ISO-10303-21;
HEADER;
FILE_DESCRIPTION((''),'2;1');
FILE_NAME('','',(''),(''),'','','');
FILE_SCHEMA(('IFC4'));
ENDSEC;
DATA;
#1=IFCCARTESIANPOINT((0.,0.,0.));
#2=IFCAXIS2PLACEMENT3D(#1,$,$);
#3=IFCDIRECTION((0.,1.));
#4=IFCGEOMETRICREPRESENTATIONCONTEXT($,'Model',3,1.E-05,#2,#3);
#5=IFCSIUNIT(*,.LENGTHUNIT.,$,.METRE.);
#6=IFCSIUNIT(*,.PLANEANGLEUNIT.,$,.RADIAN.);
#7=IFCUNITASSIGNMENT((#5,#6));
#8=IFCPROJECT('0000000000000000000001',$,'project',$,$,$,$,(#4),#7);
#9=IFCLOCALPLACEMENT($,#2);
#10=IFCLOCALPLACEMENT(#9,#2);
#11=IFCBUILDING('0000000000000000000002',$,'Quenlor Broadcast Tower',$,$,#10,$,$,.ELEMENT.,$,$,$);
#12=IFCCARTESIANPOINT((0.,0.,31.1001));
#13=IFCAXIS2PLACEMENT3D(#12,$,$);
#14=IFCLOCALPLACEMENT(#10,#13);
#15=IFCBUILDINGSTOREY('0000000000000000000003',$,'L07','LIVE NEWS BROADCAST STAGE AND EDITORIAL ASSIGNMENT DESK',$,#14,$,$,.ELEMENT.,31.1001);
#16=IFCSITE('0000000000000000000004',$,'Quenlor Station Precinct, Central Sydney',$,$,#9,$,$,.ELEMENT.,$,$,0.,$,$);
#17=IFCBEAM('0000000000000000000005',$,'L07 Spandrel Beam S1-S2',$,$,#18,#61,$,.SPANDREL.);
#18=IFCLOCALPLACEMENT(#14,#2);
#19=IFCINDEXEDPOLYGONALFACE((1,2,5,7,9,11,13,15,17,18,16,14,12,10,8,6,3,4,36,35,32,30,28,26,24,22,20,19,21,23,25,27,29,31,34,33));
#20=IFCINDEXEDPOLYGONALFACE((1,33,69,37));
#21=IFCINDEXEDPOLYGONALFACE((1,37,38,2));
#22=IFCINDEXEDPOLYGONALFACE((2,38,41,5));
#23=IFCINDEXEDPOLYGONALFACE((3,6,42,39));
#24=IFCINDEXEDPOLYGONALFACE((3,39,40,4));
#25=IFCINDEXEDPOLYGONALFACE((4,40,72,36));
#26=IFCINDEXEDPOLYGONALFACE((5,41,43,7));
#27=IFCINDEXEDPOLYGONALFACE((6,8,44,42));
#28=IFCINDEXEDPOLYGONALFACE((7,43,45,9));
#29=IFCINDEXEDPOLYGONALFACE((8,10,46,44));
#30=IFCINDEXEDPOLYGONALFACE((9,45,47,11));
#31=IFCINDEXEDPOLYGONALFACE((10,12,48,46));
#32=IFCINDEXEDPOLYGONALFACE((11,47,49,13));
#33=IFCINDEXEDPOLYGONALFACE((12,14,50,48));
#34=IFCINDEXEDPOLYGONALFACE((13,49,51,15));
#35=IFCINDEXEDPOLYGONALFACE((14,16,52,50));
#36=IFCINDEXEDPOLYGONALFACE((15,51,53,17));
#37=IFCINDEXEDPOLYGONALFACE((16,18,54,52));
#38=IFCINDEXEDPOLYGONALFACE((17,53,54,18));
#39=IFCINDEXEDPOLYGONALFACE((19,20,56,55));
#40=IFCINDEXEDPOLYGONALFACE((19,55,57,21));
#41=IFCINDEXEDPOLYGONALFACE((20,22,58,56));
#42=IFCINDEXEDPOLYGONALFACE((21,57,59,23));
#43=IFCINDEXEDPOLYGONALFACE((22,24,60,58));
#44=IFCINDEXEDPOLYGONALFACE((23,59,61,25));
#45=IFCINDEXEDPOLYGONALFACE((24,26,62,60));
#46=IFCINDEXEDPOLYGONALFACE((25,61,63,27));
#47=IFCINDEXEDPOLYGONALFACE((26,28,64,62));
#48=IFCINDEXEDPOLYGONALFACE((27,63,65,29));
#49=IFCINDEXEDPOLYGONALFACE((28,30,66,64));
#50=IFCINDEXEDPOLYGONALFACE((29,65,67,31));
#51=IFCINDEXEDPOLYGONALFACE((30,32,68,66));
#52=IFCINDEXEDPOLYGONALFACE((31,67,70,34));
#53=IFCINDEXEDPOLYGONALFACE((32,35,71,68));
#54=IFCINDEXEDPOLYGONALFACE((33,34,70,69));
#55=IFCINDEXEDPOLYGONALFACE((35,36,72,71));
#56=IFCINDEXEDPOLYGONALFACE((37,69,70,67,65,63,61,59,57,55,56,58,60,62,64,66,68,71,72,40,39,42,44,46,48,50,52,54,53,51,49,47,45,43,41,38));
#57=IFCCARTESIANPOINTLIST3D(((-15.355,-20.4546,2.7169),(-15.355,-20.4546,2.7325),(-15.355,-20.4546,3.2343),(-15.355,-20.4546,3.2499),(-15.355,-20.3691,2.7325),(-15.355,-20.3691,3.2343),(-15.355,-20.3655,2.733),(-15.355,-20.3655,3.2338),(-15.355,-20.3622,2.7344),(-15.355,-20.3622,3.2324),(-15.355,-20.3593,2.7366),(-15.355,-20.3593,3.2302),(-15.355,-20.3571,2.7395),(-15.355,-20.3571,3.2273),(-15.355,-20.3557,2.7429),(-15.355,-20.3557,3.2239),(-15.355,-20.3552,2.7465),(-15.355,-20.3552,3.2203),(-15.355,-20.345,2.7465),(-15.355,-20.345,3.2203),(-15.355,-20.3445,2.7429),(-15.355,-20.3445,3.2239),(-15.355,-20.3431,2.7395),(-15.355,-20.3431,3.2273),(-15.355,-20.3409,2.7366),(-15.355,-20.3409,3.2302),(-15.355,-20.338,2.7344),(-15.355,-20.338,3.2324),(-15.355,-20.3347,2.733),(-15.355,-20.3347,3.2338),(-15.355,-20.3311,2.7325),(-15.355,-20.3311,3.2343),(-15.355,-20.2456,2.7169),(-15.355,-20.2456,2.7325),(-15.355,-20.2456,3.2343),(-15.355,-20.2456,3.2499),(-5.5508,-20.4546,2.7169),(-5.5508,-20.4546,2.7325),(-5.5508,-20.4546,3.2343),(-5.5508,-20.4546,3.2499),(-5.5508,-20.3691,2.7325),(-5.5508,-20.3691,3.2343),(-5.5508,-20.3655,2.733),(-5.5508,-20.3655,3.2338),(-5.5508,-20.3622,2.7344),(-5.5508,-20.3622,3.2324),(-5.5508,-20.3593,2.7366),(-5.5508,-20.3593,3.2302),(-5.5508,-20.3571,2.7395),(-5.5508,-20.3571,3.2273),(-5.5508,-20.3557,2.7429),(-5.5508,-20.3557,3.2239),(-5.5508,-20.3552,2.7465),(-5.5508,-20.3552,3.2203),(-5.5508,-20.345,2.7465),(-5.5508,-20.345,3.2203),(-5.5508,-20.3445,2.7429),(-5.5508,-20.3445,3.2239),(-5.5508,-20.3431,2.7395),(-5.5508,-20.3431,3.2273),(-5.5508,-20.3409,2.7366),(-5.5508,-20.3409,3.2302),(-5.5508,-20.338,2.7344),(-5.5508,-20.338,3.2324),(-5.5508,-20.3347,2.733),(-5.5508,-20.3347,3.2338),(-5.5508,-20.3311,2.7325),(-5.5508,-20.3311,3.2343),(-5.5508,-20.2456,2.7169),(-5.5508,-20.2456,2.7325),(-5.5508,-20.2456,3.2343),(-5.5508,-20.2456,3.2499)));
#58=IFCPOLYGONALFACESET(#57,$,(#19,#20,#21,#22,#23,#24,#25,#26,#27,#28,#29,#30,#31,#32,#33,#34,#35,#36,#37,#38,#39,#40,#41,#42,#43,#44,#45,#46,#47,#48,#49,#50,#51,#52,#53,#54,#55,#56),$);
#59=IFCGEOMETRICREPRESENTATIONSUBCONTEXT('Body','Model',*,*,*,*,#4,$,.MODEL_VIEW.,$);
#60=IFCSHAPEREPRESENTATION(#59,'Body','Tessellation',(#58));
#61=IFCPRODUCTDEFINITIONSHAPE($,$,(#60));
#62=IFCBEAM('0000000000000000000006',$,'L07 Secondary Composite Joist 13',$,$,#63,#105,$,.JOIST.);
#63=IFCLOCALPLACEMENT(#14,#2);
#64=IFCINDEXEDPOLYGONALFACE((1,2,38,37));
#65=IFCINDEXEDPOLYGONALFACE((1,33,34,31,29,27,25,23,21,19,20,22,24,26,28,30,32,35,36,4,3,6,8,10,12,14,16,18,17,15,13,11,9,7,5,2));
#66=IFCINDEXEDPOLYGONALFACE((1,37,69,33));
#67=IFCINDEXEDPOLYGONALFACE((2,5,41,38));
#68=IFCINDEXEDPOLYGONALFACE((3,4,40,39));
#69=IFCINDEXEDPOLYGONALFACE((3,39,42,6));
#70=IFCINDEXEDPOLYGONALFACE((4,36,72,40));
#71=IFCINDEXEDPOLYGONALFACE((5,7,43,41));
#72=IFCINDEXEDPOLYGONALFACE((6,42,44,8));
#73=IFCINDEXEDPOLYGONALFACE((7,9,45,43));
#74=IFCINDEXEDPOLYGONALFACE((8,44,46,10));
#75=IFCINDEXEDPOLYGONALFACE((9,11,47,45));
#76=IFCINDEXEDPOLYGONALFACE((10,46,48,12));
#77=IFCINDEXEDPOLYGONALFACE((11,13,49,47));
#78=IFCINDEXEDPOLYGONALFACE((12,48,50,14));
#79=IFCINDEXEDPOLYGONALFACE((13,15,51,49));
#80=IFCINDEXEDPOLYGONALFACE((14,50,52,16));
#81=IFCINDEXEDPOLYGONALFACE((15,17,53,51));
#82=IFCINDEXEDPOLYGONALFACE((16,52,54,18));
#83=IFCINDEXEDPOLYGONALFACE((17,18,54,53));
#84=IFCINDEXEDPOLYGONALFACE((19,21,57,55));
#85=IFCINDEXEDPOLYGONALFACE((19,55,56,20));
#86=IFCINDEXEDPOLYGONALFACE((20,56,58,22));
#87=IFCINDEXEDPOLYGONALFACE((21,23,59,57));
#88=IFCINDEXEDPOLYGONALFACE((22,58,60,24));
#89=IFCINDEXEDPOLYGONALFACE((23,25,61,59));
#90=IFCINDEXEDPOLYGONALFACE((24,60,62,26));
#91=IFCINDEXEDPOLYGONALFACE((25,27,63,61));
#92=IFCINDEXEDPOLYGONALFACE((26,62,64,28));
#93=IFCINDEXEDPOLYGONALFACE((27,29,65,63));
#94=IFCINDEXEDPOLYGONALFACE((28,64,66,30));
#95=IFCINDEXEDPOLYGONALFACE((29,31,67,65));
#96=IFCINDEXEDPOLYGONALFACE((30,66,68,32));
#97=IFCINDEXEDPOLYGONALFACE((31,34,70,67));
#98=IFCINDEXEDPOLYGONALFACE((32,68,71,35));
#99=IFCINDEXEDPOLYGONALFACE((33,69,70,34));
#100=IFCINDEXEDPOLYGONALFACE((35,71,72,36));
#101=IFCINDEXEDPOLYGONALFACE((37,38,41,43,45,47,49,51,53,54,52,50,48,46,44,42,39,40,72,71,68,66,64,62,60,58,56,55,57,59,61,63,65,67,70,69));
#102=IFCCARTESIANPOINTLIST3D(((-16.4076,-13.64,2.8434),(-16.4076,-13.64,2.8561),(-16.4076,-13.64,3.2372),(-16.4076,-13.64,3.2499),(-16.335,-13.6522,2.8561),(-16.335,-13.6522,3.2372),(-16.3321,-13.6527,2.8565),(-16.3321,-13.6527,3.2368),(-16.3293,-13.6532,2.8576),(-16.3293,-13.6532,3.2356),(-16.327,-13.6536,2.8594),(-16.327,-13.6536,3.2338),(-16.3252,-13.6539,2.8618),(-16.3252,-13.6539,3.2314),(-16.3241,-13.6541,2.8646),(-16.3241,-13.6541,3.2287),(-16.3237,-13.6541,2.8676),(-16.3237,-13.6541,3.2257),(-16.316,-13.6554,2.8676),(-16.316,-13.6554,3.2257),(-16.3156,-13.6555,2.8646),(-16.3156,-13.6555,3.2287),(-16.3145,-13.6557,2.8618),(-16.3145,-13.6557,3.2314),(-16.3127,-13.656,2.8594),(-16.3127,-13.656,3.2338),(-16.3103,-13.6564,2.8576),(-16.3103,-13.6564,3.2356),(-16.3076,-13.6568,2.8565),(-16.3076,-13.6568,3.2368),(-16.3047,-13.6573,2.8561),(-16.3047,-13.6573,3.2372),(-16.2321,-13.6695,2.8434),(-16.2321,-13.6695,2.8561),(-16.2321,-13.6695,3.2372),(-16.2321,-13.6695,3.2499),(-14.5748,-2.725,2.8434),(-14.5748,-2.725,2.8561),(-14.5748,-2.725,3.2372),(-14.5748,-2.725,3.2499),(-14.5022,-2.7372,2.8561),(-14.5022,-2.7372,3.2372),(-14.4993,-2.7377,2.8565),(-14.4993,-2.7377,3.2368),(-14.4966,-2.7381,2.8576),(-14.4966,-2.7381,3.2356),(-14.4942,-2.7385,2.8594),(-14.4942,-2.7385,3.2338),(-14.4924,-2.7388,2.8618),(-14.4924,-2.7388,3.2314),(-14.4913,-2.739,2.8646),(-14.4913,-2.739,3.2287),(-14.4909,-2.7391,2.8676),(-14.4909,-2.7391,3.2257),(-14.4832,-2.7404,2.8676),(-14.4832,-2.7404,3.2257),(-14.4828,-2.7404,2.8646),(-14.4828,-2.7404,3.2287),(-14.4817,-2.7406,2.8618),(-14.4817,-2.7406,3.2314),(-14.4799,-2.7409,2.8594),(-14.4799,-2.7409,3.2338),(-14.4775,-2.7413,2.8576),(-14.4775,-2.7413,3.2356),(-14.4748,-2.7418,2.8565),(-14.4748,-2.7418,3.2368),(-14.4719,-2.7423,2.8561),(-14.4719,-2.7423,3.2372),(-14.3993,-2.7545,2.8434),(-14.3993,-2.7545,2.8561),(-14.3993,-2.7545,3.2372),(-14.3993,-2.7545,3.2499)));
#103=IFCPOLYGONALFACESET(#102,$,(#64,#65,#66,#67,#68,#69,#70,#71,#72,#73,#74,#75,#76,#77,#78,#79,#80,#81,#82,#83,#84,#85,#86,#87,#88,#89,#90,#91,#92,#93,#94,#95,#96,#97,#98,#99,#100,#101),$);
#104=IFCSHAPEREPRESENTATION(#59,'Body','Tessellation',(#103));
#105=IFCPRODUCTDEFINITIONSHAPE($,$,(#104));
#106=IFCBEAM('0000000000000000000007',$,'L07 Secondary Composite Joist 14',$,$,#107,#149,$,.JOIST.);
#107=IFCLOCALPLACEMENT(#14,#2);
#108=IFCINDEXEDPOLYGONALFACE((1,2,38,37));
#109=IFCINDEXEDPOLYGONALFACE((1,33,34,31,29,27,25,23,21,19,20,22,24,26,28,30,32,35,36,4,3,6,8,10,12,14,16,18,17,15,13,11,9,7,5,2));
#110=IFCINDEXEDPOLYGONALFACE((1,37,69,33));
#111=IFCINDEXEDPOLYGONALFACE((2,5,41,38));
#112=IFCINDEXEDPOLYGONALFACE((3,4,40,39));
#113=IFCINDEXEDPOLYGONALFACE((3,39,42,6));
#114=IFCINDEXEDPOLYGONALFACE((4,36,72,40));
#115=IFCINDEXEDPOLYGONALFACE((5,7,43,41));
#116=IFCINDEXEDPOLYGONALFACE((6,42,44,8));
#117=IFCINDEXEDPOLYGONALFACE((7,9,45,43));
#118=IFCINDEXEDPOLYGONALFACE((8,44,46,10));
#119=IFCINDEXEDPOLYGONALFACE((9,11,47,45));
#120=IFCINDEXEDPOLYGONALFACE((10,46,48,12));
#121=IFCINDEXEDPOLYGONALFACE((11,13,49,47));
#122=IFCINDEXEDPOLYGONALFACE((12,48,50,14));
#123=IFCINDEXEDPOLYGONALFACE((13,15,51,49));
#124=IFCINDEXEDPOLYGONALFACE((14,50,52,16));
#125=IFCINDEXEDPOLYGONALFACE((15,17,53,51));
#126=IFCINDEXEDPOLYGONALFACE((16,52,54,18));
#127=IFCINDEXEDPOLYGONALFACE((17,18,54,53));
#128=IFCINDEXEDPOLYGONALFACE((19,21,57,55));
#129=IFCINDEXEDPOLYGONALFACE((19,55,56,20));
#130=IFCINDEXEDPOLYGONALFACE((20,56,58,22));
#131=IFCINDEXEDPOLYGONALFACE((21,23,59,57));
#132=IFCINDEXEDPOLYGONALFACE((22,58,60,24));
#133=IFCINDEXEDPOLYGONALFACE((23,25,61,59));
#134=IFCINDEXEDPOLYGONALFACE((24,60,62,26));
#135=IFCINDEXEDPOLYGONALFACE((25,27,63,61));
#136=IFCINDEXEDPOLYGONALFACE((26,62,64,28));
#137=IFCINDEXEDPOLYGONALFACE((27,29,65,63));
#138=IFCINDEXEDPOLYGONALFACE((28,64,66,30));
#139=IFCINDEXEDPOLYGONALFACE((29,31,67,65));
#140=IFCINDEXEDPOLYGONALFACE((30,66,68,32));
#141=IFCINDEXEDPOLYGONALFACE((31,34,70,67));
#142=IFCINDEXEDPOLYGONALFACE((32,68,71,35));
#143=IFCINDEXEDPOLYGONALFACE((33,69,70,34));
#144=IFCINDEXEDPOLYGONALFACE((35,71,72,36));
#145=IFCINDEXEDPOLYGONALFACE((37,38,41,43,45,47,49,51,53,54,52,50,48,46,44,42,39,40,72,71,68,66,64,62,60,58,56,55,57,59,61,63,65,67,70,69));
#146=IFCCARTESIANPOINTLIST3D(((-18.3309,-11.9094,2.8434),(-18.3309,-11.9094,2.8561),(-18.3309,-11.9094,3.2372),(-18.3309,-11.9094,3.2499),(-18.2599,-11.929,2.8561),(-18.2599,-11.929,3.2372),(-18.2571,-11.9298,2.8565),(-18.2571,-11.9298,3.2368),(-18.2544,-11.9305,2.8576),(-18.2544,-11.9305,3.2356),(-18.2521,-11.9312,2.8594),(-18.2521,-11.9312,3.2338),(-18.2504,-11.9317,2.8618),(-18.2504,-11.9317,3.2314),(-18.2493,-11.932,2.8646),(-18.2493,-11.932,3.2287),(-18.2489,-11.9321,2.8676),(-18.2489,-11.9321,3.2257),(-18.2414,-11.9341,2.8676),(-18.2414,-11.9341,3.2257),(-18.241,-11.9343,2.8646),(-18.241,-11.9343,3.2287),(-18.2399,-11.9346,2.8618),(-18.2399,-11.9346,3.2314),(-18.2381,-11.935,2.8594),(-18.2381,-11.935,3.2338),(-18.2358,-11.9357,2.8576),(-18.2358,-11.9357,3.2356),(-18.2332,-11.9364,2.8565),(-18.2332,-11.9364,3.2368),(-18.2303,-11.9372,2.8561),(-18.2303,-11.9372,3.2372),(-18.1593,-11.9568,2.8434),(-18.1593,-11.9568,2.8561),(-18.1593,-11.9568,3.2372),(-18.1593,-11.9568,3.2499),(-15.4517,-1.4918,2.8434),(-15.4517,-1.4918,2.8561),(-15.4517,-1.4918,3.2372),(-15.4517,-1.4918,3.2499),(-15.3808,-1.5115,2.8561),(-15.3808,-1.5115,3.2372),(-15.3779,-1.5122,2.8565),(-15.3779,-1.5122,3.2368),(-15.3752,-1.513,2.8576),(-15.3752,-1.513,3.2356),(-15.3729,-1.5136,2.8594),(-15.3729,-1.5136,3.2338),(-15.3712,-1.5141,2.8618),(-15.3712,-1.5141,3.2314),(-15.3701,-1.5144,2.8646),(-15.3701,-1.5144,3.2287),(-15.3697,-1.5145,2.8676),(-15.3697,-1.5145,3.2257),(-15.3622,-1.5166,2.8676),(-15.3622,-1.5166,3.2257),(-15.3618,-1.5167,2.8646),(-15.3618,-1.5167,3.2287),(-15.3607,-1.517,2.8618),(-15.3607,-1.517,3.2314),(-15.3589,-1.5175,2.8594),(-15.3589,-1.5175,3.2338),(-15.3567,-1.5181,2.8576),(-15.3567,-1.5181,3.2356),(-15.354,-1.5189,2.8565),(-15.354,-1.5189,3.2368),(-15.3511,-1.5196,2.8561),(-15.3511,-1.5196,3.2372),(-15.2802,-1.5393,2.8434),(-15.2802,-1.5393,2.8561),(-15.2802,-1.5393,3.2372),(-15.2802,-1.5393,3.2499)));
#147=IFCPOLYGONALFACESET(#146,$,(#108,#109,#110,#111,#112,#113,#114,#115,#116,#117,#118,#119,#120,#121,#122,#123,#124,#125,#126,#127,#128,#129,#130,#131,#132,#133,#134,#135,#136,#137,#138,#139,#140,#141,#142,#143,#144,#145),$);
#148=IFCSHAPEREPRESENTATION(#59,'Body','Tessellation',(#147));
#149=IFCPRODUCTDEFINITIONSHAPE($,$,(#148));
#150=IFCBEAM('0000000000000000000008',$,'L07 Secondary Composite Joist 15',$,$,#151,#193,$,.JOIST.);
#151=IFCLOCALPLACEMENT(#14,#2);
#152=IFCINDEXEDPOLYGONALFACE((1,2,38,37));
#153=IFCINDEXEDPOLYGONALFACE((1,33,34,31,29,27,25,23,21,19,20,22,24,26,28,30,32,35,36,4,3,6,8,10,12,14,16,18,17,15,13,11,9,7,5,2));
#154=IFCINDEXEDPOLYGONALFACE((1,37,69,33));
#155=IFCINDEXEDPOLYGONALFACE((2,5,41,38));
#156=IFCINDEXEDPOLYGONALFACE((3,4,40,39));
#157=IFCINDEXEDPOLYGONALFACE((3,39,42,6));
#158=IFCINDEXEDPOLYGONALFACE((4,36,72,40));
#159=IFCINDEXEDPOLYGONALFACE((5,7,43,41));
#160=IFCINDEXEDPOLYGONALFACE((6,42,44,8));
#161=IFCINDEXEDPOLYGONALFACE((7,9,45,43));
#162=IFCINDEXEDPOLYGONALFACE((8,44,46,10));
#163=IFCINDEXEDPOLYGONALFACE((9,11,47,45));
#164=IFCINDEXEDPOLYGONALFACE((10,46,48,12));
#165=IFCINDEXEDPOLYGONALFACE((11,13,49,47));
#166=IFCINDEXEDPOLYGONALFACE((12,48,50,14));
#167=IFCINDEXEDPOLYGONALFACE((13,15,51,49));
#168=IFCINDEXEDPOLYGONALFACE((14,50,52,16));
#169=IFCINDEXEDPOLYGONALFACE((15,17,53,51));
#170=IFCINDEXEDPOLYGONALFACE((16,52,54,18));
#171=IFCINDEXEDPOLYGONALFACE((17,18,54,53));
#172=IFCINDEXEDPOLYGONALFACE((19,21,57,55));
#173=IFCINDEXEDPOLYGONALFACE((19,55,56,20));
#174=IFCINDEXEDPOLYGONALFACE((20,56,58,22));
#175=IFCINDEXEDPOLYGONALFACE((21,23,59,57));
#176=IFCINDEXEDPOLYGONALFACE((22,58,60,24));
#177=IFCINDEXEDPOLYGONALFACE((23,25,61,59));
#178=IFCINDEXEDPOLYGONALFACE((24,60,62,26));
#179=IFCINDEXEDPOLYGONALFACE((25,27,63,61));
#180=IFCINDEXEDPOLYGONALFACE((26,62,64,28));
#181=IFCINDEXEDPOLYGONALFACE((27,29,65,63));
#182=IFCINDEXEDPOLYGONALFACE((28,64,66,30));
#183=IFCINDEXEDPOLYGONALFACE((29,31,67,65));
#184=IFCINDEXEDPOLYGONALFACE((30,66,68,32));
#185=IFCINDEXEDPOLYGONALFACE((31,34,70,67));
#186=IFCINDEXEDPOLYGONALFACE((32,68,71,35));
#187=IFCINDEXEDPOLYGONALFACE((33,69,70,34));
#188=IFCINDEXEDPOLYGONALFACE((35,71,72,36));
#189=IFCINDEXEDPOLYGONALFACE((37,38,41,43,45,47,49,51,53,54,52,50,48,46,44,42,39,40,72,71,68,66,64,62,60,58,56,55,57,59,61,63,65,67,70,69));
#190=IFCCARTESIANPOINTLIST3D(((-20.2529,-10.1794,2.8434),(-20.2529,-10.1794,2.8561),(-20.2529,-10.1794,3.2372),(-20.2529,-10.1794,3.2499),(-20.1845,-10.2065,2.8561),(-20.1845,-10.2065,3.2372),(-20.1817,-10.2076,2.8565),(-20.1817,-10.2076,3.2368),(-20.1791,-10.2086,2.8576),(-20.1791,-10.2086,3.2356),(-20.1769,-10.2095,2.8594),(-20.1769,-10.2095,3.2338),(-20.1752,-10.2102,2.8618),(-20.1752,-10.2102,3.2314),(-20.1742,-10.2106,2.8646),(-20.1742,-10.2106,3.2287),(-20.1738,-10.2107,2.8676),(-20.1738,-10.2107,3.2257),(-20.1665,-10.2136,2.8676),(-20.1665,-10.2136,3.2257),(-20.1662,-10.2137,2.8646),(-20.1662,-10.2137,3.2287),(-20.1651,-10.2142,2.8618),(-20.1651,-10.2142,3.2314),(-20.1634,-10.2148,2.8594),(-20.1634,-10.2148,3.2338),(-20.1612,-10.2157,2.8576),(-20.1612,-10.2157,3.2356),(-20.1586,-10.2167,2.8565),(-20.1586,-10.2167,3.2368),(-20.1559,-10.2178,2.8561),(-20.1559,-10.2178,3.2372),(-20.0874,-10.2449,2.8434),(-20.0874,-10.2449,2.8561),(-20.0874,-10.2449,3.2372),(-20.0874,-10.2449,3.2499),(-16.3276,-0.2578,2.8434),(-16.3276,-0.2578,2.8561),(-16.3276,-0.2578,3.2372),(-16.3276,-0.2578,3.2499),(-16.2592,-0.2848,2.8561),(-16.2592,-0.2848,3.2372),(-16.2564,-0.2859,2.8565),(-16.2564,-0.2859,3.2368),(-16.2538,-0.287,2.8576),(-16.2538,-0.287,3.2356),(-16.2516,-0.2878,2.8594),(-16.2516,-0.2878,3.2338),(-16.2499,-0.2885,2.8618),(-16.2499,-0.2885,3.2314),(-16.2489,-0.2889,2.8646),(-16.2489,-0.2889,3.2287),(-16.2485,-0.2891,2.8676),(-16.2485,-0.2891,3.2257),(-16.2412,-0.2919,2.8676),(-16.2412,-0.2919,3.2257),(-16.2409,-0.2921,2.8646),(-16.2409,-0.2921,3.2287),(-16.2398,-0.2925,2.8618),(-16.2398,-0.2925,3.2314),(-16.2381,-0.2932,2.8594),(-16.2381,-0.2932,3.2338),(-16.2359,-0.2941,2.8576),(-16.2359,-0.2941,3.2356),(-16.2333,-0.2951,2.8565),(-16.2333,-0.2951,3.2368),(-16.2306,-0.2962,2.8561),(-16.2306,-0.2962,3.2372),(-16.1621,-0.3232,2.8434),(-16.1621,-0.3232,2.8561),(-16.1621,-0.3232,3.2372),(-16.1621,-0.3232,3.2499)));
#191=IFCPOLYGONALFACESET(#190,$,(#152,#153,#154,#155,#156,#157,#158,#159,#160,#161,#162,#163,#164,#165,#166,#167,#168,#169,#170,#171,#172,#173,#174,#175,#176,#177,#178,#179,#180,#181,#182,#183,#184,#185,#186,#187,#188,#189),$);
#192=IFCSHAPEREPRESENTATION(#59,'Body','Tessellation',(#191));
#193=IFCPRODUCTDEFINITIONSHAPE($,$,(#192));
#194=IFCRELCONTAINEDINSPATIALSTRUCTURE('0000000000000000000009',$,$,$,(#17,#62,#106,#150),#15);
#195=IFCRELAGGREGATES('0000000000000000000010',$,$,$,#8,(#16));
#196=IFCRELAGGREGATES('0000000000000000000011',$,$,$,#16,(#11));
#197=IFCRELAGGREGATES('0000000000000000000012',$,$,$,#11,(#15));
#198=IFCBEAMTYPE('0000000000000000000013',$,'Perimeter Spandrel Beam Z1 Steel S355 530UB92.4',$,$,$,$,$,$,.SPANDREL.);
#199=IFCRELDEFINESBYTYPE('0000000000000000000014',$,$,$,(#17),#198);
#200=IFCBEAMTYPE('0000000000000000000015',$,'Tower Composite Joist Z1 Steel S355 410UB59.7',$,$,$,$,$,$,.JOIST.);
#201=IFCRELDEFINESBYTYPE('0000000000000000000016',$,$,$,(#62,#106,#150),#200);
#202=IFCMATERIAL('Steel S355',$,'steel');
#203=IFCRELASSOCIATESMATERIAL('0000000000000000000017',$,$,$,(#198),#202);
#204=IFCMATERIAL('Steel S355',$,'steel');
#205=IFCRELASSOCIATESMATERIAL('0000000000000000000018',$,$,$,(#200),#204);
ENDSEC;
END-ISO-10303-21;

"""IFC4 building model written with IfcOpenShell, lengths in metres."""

from ifc_helpers import new_model, si_unit, direction, frame, origin, origin_2d, place, context, subcontext, project, spatial, i_section, extrude, material, material_profile, profile_set, type_object, element, save


model = new_model("IFC4")

# Units and contexts
model_context = context("Model", 3, precision=1e-05, world=origin(), true_north=direction((0.0, 1.0)))
body_context = subcontext(model_context, "Body", "Model", "MODEL_VIEW")
ifc_project = project(units=[si_unit("LENGTHUNIT", "METRE"), si_unit("PLANEANGLEUNIT", "RADIAN")], contexts=[model_context])

# Site, building, storey
site_placement = place(None, origin())
site = spatial("IfcSite", under=ifc_project, at=site_placement, Name="Quenlor Station Precinct, Central Sydney", CompositionType="ELEMENT", RefElevation=0.0)
building_placement = place(site_placement, origin())
building = spatial("IfcBuilding", under=site, at=building_placement, Name="Quenlor Broadcast Tower", CompositionType="ELEMENT")
storey_placement = place(building_placement, frame((0.0, 0.0, 31.1001)))
storey = spatial("IfcBuildingStorey", under=building, at=storey_placement, Name="L07", Description="LIVE NEWS BROADCAST STAGE AND EDITORIAL ASSIGNMENT DESK", CompositionType="ELEMENT", Elevation=31.1001)

# Beams
ifc_material_1 = material(Name="Steel S355", Category="steel")
ifc_material_profile_1 = material_profile(ifc_material_1, i_section(OverallWidth=0.209, OverallDepth=0.533, WebThickness=0.0103, FlangeThickness=0.0156, FilletRadius=0.0139, at=origin_2d()))
ifc_profile_set_1 = profile_set([ifc_material_profile_1], Name="Steel S355 530UB92.4")
beam_type_1 = type_object("IfcBeamType", Name="Perimeter Spandrel Beam Z1 Steel S355 530UB92.4", PredefinedType="SPANDREL", material=ifc_profile_set_1)
beam_1_placement = place(storey_placement, frame((-15.355, -20.3501, 2.9834), z_axis=(1.0, 0.0, 0.0), x_axis=(0.0, 1.0, 0.0)))
element("IfcBeam", 1, at=beam_1_placement, inside=storey, type_object=beam_type_1, Name="L07 Spandrel Beam S1-S2", PredefinedType="SPANDREL", context=body_context, shape_type="SweptSolid", body=[
    extrude(i_section(OverallWidth=0.209, OverallDepth=0.533, WebThickness=0.0103, FlangeThickness=0.0156, FilletRadius=0.0139, at=origin_2d()), origin(), (0.0, 0.0, 1.0), 9.8042),
])
ifc_material_2 = material(Name="Steel S355", Category="steel")
ifc_material_profile_2 = material_profile(ifc_material_2, i_section(OverallWidth=0.178, OverallDepth=0.4065, WebThickness=0.0078, FlangeThickness=0.0127, FilletRadius=0.0115, at=origin_2d()))
ifc_profile_set_2 = profile_set([ifc_material_profile_2], Name="Steel S355 410UB59.7")
beam_type_2 = type_object("IfcBeamType", Name="Tower Composite Joist Z1 Steel S355 410UB59.7", PredefinedType="JOIST", material=ifc_profile_set_2)
beam_2_placement = place(storey_placement, frame((-16.3198, -13.6548, 3.0466), z_axis=(0.165594, 0.986194, 0.0), x_axis=(-0.986194, 0.165594, 0.0)))
element("IfcBeam", 2, at=beam_2_placement, inside=storey, type_object=beam_type_2, Name="L07 Secondary Composite Joist 13", PredefinedType="JOIST", context=body_context, shape_type="SweptSolid", body=[
    extrude(i_section(OverallWidth=0.178, OverallDepth=0.4065, WebThickness=0.0078, FlangeThickness=0.0127, FilletRadius=0.0115, at=origin_2d()), origin(), (0.0, 0.0, 1.0), 11.0679),
])
beam_3_placement = place(storey_placement, frame((-18.2451, -11.9331, 3.0466), z_axis=(0.26639, 0.963865, 0.0), x_axis=(-0.963865, 0.26639, 0.0)))
element("IfcBeam", 3, at=beam_3_placement, inside=storey, type_object=beam_type_2, Name="L07 Secondary Composite Joist 14", PredefinedType="JOIST", context=body_context, shape_type="SweptSolid", body=[
    extrude(i_section(OverallWidth=0.178, OverallDepth=0.4065, WebThickness=0.0078, FlangeThickness=0.0127, FilletRadius=0.0115, at=origin_2d()), origin(), (0.0, 0.0, 1.0), 10.8081),
])
beam_4_placement = place(storey_placement, frame((-20.1702, -10.2122, 3.0466), z_axis=(0.367885, 0.929871, 0.0), x_axis=(-0.929871, 0.367885, 0.0)))
element("IfcBeam", 4, at=beam_4_placement, inside=storey, type_object=beam_type_2, Name="L07 Secondary Composite Joist 15", PredefinedType="JOIST", context=body_context, shape_type="SweptSolid", body=[
    extrude(i_section(OverallWidth=0.178, OverallDepth=0.4065, WebThickness=0.0078, FlangeThickness=0.0127, FilletRadius=0.0115, at=origin_2d()), origin(), (0.0, 0.0, 1.0), 10.6699),
])

save(model, "model.ifc")
